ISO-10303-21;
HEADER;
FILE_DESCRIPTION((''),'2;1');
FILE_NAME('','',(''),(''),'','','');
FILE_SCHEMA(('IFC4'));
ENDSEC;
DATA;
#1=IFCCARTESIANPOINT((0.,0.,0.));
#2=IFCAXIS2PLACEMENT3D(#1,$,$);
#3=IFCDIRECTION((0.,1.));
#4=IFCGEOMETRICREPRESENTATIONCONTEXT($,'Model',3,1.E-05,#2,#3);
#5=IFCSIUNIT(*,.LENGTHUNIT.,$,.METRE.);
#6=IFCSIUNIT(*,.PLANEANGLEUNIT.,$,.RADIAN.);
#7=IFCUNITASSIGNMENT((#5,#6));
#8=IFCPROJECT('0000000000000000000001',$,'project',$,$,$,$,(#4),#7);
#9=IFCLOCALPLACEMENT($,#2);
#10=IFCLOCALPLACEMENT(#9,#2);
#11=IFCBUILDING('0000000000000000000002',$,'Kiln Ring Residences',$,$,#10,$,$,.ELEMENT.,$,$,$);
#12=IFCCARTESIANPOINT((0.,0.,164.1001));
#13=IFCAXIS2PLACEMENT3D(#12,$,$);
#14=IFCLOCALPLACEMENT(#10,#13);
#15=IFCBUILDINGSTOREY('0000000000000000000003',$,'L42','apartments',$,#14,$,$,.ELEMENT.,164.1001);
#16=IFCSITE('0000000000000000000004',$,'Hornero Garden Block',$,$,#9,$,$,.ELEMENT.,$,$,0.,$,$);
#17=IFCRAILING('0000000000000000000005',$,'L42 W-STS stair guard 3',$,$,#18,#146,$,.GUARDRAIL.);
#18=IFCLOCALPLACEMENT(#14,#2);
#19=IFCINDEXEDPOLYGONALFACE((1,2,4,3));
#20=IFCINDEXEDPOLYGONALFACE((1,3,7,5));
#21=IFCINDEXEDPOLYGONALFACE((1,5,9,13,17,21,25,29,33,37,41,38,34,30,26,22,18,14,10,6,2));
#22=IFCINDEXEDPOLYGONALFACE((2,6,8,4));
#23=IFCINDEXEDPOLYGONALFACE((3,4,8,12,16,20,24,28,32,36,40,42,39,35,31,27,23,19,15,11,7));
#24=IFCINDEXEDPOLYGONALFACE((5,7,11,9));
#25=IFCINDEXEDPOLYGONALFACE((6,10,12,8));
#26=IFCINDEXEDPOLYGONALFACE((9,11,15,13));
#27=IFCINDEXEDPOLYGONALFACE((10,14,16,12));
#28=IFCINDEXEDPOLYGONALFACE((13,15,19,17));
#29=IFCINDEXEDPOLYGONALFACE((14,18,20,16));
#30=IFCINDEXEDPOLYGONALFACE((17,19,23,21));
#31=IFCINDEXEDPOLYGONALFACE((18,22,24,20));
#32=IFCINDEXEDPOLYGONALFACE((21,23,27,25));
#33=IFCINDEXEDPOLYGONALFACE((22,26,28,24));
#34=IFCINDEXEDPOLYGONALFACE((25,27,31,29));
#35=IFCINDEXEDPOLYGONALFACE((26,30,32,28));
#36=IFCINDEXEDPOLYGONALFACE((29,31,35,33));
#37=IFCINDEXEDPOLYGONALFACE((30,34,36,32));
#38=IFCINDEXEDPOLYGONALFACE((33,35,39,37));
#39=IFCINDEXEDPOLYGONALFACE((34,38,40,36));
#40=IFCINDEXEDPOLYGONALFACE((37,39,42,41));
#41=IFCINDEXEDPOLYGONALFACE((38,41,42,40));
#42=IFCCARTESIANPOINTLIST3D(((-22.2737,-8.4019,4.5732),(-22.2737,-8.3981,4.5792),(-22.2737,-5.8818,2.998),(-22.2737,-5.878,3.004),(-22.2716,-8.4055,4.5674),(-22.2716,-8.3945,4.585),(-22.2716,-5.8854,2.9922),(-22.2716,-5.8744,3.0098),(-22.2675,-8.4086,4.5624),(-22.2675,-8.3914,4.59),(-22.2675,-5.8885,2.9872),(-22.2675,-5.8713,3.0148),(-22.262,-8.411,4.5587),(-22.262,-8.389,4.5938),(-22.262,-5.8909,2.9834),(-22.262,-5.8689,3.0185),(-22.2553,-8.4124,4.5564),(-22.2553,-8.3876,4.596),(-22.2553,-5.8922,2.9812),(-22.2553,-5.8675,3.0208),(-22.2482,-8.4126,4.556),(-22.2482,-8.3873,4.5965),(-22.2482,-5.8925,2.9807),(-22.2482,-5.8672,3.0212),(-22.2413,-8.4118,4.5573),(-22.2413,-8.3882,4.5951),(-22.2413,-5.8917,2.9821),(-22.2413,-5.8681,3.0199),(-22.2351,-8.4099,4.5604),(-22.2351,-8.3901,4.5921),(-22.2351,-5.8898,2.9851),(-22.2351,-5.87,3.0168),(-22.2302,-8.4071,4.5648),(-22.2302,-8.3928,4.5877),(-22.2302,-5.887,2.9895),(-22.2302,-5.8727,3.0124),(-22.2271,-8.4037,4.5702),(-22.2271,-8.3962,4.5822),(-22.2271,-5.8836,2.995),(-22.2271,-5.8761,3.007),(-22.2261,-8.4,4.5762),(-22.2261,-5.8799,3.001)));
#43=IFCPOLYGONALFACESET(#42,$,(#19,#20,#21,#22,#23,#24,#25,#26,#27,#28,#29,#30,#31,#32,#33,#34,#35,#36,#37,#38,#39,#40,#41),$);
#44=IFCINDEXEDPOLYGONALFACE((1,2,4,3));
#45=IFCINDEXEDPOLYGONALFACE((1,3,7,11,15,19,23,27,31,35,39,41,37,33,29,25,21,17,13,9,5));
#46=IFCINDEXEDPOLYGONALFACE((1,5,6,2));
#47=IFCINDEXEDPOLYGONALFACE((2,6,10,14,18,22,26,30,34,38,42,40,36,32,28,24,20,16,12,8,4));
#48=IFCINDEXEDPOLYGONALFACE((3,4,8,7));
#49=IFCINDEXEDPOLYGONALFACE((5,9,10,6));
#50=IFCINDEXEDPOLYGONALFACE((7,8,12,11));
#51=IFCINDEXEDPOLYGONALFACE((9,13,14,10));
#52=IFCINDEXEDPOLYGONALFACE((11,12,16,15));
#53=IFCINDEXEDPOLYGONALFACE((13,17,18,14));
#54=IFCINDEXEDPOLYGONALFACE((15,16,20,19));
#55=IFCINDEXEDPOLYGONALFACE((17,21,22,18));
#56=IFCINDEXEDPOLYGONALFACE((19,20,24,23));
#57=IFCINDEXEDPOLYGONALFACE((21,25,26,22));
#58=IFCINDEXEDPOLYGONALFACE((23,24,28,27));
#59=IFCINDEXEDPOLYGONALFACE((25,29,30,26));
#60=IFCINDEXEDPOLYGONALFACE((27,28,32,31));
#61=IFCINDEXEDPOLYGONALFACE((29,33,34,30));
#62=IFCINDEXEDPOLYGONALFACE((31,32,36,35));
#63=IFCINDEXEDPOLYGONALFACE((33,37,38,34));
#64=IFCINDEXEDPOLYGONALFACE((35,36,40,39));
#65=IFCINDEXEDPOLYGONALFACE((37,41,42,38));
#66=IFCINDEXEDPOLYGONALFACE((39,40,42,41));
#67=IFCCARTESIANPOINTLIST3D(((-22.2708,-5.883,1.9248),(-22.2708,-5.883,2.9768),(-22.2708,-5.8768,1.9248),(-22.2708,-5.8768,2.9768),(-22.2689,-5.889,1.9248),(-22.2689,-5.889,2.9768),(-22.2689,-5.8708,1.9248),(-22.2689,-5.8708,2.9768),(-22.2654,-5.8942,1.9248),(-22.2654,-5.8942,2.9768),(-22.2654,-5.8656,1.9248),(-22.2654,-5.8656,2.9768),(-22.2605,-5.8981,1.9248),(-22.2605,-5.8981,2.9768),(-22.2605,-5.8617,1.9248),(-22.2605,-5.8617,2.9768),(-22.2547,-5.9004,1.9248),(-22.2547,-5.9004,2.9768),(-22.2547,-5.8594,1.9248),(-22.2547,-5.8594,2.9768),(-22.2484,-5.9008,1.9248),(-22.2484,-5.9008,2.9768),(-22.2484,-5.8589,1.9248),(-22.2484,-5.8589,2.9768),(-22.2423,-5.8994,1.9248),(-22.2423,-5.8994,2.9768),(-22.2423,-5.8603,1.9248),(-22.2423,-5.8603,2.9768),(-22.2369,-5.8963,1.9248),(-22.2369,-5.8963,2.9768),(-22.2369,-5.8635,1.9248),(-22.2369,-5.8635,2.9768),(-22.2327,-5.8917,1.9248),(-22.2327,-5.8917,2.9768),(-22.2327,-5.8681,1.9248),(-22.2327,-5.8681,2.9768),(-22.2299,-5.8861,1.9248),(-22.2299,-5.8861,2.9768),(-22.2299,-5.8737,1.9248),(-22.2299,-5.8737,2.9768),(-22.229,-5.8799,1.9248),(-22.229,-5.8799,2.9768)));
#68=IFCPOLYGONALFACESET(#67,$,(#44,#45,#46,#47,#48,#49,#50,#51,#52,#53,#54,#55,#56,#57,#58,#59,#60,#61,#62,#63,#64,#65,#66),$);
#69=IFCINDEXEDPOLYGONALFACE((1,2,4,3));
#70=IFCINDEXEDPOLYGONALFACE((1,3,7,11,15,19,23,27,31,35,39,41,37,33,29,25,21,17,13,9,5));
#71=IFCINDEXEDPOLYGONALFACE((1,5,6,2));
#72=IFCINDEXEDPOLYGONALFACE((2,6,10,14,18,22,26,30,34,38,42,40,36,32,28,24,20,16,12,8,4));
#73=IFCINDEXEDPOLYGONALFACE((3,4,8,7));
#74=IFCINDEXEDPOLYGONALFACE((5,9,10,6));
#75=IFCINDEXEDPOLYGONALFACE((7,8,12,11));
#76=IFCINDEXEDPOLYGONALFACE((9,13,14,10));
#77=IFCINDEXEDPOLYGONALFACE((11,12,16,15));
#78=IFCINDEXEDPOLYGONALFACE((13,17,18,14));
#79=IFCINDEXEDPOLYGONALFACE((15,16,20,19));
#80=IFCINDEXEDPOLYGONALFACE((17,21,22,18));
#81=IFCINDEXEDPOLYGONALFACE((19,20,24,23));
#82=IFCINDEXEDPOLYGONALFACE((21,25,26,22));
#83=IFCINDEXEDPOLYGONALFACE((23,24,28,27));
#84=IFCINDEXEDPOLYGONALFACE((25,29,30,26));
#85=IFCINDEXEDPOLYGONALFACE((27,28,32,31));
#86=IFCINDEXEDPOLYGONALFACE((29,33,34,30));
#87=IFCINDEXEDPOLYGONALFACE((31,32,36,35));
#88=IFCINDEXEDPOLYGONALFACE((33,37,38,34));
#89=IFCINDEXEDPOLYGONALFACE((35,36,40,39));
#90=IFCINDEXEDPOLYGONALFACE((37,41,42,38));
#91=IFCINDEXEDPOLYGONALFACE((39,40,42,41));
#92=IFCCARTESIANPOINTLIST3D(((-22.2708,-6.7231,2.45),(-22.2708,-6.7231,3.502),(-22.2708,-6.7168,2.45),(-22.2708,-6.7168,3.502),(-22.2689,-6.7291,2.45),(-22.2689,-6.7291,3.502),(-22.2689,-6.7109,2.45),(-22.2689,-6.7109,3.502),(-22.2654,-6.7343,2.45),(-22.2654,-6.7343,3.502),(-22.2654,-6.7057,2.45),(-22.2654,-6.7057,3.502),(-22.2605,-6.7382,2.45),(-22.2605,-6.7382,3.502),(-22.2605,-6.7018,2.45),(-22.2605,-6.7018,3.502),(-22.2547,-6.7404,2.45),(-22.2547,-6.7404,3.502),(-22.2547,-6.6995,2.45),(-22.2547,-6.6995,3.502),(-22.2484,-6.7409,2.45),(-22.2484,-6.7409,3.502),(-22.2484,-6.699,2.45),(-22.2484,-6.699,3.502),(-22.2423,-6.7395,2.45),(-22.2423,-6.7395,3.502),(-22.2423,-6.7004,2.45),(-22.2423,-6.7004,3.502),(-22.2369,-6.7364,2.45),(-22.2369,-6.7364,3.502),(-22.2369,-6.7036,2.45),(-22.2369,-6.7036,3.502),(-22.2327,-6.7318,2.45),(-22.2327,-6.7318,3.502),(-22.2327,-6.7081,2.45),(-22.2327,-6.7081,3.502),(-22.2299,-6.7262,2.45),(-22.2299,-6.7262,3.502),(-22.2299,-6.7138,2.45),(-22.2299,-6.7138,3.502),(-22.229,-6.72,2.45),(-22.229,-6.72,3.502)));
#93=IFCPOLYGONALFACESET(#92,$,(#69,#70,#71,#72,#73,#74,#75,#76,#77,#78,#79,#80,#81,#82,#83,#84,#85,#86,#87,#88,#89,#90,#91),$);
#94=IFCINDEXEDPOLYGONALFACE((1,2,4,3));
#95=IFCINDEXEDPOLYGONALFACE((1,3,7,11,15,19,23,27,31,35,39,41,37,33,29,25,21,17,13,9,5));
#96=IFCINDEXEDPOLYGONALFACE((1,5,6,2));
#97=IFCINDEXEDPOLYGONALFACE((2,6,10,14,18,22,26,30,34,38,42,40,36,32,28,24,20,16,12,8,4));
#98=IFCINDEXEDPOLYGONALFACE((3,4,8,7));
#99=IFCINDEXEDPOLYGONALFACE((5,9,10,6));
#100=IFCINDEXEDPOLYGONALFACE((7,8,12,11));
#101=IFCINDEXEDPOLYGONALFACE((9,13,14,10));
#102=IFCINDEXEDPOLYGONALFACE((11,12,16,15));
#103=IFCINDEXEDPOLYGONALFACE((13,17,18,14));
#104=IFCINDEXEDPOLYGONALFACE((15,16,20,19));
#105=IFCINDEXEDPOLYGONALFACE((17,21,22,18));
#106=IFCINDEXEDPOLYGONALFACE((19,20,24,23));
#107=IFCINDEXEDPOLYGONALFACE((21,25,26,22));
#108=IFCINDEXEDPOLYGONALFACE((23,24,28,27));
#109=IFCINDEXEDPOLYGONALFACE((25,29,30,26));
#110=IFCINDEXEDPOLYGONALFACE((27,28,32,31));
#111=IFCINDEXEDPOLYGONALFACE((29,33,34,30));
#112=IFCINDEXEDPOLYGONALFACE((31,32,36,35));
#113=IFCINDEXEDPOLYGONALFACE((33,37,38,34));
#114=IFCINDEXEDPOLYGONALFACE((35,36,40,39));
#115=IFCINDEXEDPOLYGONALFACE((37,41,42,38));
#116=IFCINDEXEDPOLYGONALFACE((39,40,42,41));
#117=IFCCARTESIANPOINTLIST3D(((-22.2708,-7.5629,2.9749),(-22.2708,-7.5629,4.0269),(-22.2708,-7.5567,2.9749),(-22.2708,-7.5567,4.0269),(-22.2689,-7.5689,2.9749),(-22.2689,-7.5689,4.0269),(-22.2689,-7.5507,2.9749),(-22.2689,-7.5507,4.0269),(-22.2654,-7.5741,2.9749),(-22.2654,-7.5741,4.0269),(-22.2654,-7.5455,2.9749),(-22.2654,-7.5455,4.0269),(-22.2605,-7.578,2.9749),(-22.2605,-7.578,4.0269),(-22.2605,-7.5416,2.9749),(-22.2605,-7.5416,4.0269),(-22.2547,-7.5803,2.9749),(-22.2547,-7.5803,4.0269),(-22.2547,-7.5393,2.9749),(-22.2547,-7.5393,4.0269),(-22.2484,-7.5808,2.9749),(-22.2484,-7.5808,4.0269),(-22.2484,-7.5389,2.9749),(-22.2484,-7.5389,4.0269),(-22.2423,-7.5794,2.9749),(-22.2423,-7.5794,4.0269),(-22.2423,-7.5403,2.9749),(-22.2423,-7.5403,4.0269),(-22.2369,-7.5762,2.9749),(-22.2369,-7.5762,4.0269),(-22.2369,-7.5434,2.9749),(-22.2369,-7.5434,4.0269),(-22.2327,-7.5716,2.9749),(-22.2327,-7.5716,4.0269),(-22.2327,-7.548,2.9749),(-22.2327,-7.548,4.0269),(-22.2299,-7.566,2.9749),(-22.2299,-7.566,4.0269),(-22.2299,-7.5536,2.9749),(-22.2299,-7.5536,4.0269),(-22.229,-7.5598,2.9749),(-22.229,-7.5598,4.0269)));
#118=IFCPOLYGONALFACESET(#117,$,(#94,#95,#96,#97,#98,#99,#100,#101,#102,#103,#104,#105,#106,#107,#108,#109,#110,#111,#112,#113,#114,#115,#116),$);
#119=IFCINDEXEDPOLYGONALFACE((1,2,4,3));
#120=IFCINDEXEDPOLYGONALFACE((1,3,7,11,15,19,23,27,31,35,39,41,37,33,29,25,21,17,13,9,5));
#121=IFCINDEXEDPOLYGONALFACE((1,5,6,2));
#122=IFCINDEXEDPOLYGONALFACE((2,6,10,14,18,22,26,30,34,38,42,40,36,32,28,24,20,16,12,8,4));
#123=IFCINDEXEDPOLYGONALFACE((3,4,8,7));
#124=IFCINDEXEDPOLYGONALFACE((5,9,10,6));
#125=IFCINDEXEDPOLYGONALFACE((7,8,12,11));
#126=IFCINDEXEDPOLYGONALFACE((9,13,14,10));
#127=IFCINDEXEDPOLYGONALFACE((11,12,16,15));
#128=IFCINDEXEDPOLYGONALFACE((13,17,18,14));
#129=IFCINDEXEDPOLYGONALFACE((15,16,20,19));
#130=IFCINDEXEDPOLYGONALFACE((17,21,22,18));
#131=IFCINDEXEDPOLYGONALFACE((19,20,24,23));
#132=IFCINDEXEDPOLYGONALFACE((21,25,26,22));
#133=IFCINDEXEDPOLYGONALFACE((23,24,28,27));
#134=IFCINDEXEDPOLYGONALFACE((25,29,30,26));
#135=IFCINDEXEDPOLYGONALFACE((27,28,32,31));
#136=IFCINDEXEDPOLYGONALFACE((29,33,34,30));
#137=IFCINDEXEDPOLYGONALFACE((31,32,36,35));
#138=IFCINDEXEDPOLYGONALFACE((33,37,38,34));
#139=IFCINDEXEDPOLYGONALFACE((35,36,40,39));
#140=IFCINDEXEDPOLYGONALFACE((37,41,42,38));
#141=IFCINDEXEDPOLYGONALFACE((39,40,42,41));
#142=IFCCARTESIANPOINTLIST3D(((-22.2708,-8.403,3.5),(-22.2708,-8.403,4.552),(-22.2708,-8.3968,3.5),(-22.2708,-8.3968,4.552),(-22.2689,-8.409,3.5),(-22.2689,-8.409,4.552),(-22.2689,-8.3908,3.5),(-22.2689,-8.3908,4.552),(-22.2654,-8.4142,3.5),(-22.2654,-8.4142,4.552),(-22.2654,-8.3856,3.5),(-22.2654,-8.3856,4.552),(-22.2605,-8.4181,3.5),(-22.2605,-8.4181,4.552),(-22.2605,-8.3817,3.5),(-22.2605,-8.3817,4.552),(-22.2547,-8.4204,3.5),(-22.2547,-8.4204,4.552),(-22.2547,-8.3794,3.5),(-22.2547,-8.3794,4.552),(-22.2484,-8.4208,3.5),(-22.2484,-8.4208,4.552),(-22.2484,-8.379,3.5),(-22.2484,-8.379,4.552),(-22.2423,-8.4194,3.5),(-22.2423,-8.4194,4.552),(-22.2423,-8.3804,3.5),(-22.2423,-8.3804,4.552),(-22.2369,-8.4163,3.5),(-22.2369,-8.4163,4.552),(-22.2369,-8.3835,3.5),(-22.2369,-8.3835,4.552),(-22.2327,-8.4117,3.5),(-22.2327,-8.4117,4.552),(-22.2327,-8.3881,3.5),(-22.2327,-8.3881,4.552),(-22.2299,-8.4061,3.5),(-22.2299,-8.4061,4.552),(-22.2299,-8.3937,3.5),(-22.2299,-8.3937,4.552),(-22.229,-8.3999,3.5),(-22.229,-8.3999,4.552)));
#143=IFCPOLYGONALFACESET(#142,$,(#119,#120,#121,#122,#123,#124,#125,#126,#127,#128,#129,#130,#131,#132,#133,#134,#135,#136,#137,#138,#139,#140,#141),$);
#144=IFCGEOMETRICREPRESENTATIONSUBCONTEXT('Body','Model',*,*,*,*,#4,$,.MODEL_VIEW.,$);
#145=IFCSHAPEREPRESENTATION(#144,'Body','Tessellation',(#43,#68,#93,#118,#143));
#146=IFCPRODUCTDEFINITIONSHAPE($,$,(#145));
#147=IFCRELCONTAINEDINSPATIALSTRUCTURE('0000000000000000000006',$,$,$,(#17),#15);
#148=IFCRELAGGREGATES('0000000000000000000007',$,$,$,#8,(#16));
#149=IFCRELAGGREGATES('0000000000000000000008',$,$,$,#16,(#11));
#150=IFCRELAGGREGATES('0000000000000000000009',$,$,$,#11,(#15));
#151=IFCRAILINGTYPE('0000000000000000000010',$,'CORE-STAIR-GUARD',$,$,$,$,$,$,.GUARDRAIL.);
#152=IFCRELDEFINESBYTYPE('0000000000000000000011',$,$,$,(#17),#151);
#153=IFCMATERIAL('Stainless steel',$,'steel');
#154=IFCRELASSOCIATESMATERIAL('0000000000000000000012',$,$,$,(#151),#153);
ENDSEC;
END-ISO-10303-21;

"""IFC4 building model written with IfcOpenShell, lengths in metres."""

from ifc_helpers import new_model, si_unit, direction, frame, origin, origin_2d, place, context, subcontext, project, spatial, circle, extrude, material, type_object, element, save


model = new_model("IFC4")

# Units and contexts
model_context = context("Model", 3, precision=1e-05, world=origin(), true_north=direction((0.0, 1.0)))
body_context = subcontext(model_context, "Body", "Model", "MODEL_VIEW")
ifc_project = project(units=[si_unit("LENGTHUNIT", "METRE"), si_unit("PLANEANGLEUNIT", "RADIAN")], contexts=[model_context])

# Site, building, storey
site_placement = place(None, origin())
site = spatial("IfcSite", under=ifc_project, at=site_placement, Name="Hornero Garden Block", CompositionType="ELEMENT", RefElevation=0.0)
building_placement = place(site_placement, origin())
building = spatial("IfcBuilding", under=site, at=building_placement, Name="Kiln Ring Residences", CompositionType="ELEMENT")
storey_placement = place(building_placement, frame((0.0, 0.0, 164.1001)))
storey = spatial("IfcBuildingStorey", under=building, at=storey_placement, Name="L42", Description="apartments", CompositionType="ELEMENT", Elevation=164.1001)

# Railing
ifc_material_1 = material(Name="Stainless steel", Category="steel")
railing_type_1 = type_object("IfcRailingType", Name="CORE-STAIR-GUARD", PredefinedType="GUARDRAIL", material=ifc_material_1)
railing_1_placement = place(storey_placement, frame((-22.25, -5.8799, 1.9248)))
element("IfcRailing", 1, at=railing_1_placement, inside=storey, type_object=railing_type_1, Name="L42 W-STS stair guard 3", PredefinedType="GUARDRAIL", context=body_context, shape_type="SweptSolid", body=[
    extrude(circle(Radius=0.0239, at=origin_2d()), frame((0.0, 0.0, 1.0762), z_axis=(0.0, -0.847971, 0.530043), x_axis=(1.0, 0.0, 0.0)), (0.0, 0.0, 1.0), 2.9719),
    extrude(circle(Radius=0.021, at=origin_2d()), origin(), (0.0, 0.0, 1.0), 1.052),
    extrude(circle(Radius=0.021, at=origin_2d()), frame((0.0, -0.8401, 0.5251)), (0.0, 0.0, 1.0), 1.052),
    extrude(circle(Radius=0.021, at=origin_2d()), frame((0.0, -1.6799, 1.05)), (0.0, 0.0, 1.0), 1.052),
    extrude(circle(Radius=0.021, at=origin_2d()), frame((0.0, -2.52, 1.5752)), (0.0, 0.0, 1.0), 1.052),
])

save(model, "model.ifc")
